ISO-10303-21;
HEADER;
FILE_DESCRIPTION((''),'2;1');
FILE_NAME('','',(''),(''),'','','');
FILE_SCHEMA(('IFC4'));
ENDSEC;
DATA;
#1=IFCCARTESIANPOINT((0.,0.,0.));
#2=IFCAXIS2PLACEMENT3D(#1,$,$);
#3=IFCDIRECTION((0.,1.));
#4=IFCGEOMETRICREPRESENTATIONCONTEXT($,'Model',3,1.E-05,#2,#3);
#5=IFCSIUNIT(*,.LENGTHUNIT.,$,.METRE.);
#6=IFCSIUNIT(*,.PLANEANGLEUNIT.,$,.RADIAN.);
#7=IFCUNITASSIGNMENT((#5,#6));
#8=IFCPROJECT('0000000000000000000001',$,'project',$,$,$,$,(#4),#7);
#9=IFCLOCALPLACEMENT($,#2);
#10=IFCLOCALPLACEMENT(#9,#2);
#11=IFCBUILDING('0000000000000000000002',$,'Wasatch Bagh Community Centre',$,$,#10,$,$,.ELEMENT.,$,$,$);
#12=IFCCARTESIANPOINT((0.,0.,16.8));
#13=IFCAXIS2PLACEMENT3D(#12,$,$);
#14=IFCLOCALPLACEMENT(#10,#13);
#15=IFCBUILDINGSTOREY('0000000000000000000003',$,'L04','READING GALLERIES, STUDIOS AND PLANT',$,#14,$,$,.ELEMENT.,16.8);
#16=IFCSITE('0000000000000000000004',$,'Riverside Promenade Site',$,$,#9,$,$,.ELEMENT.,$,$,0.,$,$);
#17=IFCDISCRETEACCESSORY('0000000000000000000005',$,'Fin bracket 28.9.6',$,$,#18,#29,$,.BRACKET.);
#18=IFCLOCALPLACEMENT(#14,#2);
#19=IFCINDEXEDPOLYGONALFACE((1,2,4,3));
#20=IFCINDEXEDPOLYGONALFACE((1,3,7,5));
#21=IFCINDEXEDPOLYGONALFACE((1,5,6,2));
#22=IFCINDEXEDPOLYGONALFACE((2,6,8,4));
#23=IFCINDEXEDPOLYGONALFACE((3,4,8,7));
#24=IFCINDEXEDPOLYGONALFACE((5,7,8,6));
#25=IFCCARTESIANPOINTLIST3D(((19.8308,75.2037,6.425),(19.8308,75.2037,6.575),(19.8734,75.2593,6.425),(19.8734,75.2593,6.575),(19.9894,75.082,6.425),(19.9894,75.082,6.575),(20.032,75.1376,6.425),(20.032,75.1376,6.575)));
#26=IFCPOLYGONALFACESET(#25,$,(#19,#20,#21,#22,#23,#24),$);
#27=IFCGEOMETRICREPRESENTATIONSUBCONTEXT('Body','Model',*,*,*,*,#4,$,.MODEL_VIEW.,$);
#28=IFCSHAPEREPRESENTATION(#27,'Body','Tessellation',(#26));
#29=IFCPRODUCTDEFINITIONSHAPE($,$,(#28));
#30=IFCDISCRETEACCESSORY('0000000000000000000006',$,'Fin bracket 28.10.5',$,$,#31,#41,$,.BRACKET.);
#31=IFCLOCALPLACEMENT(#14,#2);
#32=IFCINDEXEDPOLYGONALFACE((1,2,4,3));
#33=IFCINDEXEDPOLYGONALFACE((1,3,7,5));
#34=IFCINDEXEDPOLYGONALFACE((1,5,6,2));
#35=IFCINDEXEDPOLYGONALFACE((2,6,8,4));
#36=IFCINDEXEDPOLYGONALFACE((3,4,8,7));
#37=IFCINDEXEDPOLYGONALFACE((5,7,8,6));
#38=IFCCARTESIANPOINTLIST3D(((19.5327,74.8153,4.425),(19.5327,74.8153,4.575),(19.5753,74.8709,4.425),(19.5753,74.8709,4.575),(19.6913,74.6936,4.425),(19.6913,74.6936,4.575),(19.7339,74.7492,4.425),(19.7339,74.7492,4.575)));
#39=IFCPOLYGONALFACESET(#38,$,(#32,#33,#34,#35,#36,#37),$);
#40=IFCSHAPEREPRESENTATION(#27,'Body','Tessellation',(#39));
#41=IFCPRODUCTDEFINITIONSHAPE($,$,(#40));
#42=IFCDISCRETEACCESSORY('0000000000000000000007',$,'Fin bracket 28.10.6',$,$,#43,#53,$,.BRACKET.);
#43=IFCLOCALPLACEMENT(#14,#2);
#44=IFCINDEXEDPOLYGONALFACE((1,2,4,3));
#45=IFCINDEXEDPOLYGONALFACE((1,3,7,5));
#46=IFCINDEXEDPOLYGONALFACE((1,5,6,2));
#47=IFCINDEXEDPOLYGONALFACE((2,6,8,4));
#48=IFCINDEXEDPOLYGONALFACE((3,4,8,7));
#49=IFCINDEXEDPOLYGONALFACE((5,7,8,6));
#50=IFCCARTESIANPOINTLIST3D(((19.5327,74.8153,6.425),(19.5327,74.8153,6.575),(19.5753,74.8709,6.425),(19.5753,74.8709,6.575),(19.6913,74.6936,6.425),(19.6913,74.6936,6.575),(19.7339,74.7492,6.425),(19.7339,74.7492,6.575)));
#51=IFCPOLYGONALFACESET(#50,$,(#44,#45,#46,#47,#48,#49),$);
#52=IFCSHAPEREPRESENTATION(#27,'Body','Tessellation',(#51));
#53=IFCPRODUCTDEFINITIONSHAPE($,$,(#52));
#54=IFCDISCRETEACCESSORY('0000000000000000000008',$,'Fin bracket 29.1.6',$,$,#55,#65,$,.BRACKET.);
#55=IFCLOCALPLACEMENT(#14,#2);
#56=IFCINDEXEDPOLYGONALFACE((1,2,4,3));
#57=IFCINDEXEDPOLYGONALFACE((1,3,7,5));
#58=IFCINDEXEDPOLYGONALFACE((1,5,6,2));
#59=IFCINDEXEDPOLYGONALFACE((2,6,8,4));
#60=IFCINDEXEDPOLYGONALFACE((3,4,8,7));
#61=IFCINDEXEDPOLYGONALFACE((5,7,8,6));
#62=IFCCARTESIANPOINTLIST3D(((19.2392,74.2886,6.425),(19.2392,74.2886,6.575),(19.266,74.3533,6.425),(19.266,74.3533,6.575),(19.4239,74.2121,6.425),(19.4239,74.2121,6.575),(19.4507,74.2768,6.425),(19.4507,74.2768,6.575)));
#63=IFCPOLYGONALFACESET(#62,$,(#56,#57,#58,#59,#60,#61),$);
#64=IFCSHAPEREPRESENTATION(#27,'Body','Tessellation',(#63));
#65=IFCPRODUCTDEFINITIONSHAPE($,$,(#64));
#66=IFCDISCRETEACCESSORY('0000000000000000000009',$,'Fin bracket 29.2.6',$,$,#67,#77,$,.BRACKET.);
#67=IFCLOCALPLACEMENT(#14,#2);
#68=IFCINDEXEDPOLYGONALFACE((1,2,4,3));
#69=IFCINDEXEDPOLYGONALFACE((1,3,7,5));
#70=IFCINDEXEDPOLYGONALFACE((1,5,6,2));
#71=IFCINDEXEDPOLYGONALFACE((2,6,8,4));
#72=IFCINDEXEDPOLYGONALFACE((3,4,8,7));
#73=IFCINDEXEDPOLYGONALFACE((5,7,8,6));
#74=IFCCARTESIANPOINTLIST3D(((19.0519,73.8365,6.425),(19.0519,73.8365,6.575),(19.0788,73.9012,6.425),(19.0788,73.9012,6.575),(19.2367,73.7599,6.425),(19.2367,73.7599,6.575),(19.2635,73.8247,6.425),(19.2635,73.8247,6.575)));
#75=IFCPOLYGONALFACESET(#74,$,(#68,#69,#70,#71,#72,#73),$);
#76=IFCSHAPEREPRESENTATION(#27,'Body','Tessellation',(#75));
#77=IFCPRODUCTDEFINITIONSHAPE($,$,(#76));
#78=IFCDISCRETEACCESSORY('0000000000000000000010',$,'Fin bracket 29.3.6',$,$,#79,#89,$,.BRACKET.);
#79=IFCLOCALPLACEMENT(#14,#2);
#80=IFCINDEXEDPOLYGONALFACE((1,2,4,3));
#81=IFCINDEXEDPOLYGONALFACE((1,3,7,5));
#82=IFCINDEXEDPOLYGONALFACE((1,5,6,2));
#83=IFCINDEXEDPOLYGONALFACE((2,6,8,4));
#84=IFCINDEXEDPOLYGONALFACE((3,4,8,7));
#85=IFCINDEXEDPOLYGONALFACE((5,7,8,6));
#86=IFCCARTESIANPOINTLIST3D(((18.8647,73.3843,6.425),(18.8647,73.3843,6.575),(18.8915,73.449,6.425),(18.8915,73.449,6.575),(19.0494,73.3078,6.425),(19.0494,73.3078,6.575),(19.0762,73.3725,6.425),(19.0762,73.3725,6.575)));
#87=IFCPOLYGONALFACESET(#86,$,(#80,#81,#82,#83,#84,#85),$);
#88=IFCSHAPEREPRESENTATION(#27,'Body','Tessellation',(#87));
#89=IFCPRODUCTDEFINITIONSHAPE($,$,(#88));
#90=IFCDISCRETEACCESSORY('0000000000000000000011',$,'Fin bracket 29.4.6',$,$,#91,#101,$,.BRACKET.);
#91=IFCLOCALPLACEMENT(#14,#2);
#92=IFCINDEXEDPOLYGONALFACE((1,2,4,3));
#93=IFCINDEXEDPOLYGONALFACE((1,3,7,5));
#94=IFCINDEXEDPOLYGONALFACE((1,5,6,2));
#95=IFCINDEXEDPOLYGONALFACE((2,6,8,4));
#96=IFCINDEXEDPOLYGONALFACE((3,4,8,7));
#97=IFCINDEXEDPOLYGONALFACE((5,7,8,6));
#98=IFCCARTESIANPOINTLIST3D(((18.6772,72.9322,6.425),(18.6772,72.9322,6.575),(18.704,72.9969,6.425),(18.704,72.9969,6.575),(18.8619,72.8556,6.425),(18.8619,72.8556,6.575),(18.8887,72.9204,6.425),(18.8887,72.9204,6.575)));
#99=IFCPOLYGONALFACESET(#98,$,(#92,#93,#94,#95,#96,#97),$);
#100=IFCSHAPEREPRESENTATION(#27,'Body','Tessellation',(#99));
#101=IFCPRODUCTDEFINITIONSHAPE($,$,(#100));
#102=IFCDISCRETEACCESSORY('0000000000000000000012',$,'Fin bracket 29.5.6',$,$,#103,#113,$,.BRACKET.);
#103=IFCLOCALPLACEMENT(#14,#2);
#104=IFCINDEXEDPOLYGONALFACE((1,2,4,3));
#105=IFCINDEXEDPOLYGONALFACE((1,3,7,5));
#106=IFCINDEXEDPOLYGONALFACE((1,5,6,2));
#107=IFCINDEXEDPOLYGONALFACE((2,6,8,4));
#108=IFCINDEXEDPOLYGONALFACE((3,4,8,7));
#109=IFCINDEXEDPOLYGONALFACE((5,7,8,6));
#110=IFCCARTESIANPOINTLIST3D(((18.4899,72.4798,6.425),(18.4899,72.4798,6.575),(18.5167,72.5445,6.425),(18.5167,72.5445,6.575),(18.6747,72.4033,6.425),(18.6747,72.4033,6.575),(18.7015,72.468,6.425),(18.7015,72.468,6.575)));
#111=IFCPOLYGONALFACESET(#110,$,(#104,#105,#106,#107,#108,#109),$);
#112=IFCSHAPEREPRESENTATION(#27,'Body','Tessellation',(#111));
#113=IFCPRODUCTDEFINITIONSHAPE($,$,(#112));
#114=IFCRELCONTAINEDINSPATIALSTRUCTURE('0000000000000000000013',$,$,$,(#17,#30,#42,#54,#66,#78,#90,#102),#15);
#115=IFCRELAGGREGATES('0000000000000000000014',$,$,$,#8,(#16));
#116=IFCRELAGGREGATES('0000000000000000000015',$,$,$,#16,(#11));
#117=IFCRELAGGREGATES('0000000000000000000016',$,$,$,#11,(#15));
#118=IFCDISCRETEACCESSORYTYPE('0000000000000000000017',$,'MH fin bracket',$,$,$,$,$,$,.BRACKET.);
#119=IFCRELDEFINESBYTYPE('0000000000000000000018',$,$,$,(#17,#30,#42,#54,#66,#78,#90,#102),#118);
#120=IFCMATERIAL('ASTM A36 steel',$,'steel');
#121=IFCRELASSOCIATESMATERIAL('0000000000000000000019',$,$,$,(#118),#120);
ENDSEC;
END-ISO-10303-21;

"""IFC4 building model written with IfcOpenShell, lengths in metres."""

from ifc_helpers import new_model, si_unit, direction, frame, origin, origin_2d, place, context, subcontext, project, spatial, rectangle, extrude, material, type_object, element, save


model = new_model("IFC4")

# Units and contexts
model_context = context("Model", 3, precision=1e-05, world=origin(), true_north=direction((0.0, 1.0)))
body_context = subcontext(model_context, "Body", "Model", "MODEL_VIEW")
ifc_project = project(units=[si_unit("LENGTHUNIT", "METRE"), si_unit("PLANEANGLEUNIT", "RADIAN")], contexts=[model_context])

# Site, building, storey
site_placement = place(None, origin())
site = spatial("IfcSite", under=ifc_project, at=site_placement, Name="Riverside Promenade Site", CompositionType="ELEMENT", RefElevation=0.0)
building_placement = place(site_placement, origin())
building = spatial("IfcBuilding", under=site, at=building_placement, Name="Wasatch Bagh Community Centre", CompositionType="ELEMENT")
storey_placement = place(building_placement, frame((0.0, 0.0, 16.8)))
storey = spatial("IfcBuildingStorey", under=building, at=storey_placement, Name="L04", Description="READING GALLERIES, STUDIOS AND PLANT", CompositionType="ELEMENT", Elevation=16.8)

# Discrete accessories
ifc_material_1 = material(Name="ASTM A36 steel", Category="steel")
discrete_accessory_type = type_object("IfcDiscreteAccessoryType", Name="MH fin bracket", PredefinedType="BRACKET", material=ifc_material_1)
for number, where, z_axis, x_axis, name in (
    (1, (19.9314, 75.1707, 6.425), (0.0, 0.0, 1.0), (-0.608761, -0.793353, 0.0), "Fin bracket 28.9.6"),
    (2, (19.6333, 74.7822, 4.425), (0.0, 0.0, 1.0), (-0.608761, -0.793353, 0.0), "Fin bracket 28.10.5"),
    (3, (19.6333, 74.7822, 6.425), (0.0, 0.0, 1.0), (-0.608761, -0.793353, 0.0), "Fin bracket 28.10.6"),
    (4, (19.345, 74.2827, 6.425), (0.0, 0.0, 1.0), (-0.382683, -0.92388, 0.0), "Fin bracket 29.1.6"),
    (5, (19.1577, 73.8306, 6.425), (0.0, 0.0, 1.0), (-0.382683, -0.92388, 0.0), "Fin bracket 29.2.6"),
    (6, (18.9705, 73.3784, 6.425), (0.0, 0.0, 1.0), (-0.382683, -0.92388, 0.0), "Fin bracket 29.3.6"),
    (7, (18.783, 72.9263, 6.425), (0.0, 0.0, 1.0), (-0.382683, -0.92388, 0.0), "Fin bracket 29.4.6"),
    (8, (18.5957, 72.4739, 6.425), (0.0, 0.0, 1.0), (-0.382683, -0.92388, 0.0), "Fin bracket 29.5.6"),
):
    element("IfcDiscreteAccessory", number, at=place(storey_placement, frame(where, z_axis=z_axis, x_axis=x_axis)), inside=storey, type_object=discrete_accessory_type, Name=name, PredefinedType="BRACKET", context=body_context, shape_type="SweptSolid", body=[
        extrude(rectangle(XDim=0.0701, YDim=0.2, at=origin_2d()), origin(), (0.0, 0.0, 1.0), 0.1499),
    ])

save(model, "model.ifc")
